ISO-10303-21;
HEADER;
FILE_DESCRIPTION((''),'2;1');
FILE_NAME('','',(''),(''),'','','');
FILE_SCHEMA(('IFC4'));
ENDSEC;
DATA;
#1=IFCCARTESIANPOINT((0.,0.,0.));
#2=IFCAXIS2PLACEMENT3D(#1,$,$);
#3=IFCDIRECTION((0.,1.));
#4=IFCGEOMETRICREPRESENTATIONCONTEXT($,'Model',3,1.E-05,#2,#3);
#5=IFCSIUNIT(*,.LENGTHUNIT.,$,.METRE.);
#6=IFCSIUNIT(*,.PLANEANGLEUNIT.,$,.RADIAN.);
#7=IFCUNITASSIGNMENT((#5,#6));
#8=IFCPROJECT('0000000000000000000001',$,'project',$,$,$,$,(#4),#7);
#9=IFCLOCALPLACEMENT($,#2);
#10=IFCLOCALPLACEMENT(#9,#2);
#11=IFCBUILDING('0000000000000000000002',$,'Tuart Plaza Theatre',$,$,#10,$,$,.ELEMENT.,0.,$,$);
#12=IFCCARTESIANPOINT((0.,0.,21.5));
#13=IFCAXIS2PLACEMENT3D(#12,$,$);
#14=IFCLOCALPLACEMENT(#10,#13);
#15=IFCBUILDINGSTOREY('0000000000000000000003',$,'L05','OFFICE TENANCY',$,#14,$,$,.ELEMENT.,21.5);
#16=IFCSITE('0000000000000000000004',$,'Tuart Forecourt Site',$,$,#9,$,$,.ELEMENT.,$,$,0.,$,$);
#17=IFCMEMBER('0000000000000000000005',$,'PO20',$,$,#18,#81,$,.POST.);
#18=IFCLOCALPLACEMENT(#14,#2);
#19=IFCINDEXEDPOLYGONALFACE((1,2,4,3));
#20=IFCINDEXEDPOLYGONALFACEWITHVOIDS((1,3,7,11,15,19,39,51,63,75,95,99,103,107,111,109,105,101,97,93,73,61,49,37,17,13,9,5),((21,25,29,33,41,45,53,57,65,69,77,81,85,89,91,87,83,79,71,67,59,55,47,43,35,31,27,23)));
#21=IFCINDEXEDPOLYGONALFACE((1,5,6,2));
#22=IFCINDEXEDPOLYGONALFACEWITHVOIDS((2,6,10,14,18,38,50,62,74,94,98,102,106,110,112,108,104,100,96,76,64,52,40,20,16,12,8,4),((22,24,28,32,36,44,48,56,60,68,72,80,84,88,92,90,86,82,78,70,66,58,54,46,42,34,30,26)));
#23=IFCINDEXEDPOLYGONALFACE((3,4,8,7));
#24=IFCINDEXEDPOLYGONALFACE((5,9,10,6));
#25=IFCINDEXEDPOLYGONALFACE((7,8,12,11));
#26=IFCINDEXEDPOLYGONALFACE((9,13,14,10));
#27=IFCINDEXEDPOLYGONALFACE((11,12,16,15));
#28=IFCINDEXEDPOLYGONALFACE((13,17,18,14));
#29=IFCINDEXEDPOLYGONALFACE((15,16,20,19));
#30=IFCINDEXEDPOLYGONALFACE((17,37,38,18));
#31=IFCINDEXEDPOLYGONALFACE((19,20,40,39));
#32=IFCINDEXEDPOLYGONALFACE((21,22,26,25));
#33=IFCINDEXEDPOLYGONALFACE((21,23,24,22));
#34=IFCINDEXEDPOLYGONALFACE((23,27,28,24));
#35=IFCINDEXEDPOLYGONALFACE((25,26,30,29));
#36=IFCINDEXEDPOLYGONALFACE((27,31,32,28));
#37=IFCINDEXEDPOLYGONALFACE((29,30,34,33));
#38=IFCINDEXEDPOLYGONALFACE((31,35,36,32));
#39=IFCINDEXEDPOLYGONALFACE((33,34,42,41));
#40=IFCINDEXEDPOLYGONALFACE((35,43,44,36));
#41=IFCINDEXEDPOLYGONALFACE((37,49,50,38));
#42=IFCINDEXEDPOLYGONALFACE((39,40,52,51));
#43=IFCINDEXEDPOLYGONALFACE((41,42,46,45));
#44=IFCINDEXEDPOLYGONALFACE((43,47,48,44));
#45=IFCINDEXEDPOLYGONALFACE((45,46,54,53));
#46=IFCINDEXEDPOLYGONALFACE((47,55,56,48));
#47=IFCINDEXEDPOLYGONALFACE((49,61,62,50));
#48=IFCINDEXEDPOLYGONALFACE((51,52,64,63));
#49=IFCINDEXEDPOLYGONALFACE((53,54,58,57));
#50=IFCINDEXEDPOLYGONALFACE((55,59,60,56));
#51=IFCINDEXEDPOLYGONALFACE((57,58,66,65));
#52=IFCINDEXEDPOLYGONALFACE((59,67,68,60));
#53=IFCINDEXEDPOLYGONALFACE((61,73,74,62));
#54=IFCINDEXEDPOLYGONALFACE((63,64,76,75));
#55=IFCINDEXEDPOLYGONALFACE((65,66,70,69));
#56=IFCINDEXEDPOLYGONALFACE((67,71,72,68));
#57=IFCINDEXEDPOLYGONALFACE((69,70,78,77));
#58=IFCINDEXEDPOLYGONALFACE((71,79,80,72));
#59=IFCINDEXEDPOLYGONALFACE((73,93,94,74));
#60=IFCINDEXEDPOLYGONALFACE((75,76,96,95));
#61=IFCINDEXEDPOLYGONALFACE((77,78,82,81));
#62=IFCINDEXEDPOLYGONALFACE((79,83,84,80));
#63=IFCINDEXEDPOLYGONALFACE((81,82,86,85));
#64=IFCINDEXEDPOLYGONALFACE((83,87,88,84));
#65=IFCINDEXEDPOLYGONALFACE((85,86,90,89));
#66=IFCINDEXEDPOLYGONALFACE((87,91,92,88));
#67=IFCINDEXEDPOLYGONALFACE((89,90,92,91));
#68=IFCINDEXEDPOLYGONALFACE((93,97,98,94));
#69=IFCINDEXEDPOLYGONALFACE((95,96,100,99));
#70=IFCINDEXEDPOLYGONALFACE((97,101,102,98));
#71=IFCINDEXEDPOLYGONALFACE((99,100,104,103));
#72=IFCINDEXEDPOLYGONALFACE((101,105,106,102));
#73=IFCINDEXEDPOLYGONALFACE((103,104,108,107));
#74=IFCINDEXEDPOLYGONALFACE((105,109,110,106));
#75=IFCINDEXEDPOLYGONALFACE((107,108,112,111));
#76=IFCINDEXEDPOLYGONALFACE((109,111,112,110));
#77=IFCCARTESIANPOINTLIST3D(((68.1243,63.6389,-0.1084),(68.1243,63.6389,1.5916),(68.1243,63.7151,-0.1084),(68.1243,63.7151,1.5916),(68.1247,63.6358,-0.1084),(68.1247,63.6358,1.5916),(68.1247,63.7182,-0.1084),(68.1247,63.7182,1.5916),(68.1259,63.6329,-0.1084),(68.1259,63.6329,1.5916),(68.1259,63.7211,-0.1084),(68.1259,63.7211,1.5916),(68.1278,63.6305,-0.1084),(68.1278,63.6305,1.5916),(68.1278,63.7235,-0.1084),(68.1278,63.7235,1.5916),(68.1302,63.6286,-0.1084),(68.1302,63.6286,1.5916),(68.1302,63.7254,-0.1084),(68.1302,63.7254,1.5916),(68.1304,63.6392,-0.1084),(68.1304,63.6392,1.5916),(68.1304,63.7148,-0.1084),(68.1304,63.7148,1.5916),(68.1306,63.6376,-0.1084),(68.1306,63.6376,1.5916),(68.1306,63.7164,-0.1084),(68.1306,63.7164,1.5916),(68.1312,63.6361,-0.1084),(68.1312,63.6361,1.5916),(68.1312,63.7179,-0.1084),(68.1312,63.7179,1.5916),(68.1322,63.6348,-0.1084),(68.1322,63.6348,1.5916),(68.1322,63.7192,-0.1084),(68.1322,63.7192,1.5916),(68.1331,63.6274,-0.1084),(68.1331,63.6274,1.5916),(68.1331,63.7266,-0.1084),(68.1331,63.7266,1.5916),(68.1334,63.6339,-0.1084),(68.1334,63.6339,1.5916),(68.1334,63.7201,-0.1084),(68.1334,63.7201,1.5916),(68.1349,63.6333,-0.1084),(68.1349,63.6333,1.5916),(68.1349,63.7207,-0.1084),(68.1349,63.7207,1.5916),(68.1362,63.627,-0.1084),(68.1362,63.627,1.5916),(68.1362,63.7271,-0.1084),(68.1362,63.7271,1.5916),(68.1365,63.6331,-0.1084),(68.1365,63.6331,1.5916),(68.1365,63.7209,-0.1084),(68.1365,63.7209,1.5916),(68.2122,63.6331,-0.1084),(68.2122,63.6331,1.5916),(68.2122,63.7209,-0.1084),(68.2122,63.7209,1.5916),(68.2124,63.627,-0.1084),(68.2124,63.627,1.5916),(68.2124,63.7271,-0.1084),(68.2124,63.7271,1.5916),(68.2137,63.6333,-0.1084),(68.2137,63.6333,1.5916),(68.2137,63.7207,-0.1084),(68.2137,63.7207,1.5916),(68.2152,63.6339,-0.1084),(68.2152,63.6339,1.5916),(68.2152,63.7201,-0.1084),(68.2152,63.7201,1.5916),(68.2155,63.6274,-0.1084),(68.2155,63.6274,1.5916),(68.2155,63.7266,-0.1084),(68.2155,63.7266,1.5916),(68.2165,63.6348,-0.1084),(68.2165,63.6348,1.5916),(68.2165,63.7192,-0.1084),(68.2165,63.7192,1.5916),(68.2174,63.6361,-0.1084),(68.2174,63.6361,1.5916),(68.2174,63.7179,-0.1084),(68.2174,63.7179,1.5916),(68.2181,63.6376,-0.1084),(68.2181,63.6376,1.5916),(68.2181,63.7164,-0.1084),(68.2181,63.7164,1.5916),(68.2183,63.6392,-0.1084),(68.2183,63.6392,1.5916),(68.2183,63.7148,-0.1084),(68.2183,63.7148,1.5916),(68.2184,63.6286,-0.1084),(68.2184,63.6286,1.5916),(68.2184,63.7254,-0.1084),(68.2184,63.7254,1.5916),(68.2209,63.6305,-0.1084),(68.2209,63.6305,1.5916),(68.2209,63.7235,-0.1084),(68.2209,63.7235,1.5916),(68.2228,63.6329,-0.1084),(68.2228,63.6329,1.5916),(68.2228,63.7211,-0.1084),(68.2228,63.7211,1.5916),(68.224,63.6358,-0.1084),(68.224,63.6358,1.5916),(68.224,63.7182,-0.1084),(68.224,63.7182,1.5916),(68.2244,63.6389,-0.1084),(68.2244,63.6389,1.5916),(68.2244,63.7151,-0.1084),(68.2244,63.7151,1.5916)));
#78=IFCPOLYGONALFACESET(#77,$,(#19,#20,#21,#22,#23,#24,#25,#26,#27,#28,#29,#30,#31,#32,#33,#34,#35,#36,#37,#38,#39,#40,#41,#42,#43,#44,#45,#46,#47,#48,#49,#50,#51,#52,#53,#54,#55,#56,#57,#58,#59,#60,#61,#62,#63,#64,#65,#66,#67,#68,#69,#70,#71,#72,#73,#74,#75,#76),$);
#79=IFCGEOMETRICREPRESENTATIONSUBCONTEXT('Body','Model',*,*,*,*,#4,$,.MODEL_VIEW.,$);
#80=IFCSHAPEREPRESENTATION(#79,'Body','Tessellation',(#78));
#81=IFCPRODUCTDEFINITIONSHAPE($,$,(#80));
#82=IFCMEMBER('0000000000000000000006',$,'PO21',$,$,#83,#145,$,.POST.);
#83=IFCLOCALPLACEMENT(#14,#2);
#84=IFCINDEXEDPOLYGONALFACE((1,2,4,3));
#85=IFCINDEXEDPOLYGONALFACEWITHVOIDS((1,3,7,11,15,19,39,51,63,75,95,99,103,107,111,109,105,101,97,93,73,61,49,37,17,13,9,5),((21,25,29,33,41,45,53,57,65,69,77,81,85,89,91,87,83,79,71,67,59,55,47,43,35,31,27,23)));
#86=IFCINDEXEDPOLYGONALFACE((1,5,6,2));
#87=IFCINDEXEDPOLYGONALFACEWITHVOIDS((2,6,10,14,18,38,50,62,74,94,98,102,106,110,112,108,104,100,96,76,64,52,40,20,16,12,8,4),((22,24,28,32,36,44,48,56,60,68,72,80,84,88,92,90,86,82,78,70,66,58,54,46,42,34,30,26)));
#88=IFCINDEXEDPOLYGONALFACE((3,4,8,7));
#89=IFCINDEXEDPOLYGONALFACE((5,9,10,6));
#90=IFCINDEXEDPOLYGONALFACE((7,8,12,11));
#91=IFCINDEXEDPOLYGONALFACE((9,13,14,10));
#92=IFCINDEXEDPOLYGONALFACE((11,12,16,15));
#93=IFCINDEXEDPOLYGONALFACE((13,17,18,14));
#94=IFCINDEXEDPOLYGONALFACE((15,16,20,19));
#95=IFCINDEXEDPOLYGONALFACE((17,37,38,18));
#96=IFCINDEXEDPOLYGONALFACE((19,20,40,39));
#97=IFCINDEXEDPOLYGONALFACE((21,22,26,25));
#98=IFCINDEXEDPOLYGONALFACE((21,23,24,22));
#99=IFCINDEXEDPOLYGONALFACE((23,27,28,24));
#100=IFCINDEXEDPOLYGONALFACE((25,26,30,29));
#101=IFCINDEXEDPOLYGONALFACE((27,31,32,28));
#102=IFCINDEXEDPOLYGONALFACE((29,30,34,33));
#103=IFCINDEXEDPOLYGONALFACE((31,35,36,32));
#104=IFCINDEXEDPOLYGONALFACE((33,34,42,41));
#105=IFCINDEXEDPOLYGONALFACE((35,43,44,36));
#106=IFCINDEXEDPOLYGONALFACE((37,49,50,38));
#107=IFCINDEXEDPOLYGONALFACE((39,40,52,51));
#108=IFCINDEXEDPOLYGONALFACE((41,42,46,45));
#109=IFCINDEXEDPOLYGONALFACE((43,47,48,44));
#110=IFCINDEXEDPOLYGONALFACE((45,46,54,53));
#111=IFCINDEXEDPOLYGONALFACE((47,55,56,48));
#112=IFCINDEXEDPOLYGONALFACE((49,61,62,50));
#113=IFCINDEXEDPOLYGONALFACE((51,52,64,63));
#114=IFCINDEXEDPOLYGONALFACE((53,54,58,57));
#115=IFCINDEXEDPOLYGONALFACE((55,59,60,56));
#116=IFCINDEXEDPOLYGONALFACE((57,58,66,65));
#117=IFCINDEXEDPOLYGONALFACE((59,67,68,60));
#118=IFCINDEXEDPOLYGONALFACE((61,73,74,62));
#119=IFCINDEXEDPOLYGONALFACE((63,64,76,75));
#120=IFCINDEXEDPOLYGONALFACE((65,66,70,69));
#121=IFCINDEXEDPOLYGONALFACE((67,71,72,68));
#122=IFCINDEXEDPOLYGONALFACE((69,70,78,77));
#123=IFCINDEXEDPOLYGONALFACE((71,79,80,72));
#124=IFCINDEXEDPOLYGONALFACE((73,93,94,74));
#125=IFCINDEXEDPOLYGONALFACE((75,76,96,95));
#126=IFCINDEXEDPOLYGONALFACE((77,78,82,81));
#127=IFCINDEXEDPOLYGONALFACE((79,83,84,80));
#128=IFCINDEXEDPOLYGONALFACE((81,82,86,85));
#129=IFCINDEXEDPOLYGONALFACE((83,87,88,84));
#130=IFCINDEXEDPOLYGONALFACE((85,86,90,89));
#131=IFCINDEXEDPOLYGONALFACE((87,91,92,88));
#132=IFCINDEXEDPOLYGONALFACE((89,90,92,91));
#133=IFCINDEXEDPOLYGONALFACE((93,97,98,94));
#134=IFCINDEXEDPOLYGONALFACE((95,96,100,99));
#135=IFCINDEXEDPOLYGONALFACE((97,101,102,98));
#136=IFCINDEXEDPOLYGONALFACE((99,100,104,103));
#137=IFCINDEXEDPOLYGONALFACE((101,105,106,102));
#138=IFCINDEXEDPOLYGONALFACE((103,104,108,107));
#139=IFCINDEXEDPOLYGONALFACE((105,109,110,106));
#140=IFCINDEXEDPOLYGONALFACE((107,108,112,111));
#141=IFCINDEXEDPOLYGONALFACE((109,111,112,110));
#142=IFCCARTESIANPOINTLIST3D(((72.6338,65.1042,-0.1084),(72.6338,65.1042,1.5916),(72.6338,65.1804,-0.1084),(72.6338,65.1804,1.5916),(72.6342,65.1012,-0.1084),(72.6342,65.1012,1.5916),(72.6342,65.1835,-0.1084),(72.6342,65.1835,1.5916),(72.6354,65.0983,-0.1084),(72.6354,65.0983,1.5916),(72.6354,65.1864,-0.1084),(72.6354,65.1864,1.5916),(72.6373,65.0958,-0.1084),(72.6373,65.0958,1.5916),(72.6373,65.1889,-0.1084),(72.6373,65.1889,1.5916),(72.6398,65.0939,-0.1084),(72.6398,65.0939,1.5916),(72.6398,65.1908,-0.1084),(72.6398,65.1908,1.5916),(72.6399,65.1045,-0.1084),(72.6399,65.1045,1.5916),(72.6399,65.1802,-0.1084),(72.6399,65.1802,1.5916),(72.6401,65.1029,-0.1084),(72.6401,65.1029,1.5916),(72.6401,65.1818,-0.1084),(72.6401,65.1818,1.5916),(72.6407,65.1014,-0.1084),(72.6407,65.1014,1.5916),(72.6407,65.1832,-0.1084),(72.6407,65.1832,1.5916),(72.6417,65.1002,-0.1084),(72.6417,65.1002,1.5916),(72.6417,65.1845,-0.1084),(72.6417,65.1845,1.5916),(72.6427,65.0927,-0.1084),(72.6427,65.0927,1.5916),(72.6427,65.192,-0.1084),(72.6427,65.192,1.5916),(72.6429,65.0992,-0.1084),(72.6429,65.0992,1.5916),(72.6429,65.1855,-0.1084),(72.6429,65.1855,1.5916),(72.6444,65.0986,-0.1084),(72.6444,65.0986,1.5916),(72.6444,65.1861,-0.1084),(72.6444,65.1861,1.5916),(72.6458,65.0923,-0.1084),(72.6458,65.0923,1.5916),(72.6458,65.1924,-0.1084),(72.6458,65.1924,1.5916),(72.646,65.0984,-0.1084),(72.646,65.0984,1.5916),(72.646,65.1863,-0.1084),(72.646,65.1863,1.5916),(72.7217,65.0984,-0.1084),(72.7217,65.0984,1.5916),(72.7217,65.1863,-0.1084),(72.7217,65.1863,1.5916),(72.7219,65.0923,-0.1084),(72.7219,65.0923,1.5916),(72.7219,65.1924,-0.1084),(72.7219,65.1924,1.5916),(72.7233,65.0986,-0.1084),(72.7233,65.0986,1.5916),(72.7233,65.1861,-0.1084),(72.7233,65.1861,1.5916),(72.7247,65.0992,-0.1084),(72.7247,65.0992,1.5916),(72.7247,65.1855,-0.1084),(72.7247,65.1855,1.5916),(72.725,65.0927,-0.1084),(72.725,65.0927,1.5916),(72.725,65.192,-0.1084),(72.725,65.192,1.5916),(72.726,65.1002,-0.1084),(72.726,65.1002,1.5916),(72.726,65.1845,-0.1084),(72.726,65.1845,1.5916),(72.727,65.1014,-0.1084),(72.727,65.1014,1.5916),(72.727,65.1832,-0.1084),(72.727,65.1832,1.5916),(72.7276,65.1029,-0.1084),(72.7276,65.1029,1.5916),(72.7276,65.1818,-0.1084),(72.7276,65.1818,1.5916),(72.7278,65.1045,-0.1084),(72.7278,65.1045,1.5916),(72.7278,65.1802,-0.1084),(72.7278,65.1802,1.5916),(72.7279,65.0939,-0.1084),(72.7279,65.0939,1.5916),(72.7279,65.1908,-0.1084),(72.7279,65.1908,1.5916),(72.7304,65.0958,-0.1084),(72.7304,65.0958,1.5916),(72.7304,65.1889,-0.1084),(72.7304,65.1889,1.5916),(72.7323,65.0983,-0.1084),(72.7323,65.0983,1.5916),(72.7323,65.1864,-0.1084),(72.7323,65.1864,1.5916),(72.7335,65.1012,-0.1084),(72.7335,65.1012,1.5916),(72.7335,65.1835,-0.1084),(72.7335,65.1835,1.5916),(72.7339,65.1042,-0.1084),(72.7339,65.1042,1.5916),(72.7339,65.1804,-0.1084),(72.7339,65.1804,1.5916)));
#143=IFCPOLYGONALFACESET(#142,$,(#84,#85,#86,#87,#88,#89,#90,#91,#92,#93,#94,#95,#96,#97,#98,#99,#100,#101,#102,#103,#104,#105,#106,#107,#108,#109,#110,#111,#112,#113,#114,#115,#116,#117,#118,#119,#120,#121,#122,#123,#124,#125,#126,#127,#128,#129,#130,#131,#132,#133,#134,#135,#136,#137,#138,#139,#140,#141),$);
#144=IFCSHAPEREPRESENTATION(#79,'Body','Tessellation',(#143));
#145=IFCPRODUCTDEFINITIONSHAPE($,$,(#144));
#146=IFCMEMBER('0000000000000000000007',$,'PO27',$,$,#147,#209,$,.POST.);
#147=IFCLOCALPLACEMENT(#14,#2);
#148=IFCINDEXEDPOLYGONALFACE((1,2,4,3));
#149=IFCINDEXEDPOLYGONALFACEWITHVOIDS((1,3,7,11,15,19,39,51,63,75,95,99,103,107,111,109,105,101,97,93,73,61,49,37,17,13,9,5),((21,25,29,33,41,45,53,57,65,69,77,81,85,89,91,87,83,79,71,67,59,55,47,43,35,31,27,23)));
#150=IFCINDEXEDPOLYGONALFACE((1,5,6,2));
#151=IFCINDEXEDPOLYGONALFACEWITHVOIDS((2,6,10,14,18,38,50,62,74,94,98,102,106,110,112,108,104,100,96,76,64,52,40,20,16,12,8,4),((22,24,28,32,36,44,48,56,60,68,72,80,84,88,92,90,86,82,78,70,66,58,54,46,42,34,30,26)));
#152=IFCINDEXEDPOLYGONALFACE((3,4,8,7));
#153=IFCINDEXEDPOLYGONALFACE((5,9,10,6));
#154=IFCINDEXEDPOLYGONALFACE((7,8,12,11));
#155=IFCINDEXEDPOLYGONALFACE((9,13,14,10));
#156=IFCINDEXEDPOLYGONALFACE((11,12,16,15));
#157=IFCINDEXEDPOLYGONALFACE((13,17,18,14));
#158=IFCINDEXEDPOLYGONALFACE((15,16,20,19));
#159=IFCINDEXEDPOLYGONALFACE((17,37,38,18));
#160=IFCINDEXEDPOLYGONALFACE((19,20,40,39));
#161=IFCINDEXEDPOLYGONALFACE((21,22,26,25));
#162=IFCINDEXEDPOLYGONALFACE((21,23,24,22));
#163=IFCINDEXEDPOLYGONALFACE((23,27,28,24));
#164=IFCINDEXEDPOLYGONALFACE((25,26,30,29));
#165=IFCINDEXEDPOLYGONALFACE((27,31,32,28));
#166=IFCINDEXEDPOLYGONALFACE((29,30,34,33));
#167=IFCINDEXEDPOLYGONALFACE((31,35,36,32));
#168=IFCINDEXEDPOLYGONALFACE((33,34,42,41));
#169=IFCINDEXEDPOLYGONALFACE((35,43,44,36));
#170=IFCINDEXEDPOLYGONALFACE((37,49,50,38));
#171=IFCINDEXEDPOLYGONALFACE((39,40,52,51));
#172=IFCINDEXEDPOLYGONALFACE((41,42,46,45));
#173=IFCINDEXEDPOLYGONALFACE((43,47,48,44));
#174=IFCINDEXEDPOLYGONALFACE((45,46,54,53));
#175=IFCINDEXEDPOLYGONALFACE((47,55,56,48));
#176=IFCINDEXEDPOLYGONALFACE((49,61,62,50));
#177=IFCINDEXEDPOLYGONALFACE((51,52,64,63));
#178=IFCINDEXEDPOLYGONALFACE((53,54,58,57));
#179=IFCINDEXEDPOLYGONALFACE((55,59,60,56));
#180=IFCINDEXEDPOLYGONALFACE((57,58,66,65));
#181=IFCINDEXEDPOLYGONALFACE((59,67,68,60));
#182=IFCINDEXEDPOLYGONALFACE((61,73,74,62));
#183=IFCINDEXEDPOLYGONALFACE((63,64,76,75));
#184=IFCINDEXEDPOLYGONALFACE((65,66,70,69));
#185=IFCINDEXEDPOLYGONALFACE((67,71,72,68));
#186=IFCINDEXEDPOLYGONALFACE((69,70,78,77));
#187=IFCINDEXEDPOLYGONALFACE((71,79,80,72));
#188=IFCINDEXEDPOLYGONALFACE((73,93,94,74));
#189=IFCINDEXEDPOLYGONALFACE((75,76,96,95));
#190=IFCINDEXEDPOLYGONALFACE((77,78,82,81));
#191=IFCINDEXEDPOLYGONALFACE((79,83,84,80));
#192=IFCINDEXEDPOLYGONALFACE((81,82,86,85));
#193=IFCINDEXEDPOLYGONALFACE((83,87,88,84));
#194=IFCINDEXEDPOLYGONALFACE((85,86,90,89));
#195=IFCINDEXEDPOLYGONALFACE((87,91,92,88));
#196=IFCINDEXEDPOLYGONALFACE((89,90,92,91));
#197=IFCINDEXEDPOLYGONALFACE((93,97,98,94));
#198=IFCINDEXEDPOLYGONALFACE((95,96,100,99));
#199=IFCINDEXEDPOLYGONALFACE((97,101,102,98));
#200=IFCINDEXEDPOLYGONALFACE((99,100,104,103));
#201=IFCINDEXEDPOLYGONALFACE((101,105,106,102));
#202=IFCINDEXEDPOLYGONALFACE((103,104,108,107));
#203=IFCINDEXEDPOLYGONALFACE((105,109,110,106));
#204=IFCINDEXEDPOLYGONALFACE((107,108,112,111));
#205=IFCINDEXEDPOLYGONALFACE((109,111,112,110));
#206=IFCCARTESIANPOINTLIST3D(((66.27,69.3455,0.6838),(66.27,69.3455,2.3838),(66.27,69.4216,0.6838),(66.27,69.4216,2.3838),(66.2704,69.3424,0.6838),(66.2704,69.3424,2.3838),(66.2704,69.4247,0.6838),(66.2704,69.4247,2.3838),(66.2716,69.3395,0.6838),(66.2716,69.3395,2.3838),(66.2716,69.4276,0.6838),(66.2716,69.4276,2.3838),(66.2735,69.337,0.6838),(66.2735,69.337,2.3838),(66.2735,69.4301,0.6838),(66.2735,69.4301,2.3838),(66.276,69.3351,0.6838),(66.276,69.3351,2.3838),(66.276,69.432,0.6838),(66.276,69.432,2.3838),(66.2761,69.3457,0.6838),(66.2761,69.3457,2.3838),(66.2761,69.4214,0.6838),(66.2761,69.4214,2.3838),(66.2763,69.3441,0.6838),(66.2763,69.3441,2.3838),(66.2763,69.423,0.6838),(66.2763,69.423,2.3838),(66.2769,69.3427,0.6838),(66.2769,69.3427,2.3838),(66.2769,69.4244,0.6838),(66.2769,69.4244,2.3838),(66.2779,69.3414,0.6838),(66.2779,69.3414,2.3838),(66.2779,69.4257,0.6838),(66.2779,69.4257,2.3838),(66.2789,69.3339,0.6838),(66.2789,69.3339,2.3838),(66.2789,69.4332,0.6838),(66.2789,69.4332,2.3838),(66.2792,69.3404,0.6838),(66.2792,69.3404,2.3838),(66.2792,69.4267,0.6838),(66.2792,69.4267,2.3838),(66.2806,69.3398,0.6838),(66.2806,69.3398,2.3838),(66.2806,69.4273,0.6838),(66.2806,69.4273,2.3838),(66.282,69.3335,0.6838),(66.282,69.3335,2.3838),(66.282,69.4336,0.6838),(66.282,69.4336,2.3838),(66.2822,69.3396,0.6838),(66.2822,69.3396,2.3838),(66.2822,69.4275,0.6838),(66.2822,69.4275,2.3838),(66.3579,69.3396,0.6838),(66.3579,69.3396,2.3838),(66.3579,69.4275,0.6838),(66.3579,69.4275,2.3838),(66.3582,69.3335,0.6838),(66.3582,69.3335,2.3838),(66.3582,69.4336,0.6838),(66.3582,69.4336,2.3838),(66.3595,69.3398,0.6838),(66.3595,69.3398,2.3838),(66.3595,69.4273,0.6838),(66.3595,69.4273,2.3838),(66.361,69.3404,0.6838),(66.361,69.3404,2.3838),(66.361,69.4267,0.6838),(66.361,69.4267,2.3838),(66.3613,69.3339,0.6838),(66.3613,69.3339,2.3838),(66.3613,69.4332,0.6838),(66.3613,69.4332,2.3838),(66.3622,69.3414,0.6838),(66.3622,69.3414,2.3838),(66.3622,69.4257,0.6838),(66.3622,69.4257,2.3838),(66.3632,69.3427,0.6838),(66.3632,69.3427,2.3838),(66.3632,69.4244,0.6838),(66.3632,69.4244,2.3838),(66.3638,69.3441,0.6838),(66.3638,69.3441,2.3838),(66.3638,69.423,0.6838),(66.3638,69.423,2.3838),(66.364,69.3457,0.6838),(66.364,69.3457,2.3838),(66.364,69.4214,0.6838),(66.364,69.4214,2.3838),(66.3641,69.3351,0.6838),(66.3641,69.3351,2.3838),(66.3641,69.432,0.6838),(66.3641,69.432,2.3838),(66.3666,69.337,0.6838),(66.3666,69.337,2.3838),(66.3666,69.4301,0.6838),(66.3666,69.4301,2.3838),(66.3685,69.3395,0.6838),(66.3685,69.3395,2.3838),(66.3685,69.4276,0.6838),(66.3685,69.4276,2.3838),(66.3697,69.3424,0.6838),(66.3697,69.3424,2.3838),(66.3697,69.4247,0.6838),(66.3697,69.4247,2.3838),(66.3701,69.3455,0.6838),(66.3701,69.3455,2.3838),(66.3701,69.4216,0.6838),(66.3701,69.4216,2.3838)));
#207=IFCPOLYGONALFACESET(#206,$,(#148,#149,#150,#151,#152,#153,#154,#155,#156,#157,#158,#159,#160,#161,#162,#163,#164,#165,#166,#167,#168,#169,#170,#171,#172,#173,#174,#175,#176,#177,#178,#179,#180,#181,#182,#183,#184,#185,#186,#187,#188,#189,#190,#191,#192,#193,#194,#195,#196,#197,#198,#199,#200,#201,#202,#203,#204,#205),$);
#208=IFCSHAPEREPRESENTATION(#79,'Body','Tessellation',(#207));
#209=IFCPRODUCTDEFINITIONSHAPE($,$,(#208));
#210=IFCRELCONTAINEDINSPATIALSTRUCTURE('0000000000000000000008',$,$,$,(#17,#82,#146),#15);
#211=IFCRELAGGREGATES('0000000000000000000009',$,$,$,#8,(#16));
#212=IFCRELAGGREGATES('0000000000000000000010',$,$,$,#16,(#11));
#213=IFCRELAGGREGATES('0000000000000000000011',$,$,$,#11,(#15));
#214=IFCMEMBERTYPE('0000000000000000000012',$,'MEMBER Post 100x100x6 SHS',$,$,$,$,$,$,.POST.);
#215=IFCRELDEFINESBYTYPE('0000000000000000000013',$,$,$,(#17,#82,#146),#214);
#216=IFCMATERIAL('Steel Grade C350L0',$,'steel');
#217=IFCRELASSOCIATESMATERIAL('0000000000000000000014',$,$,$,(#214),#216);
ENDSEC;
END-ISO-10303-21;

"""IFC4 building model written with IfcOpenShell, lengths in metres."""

from ifc_helpers import new_model, si_unit, direction, frame, origin, origin_2d, place, context, subcontext, project, spatial, hollow_rectangle, extrude, material, material_profile, profile_set, type_object, element, save


model = new_model("IFC4")

# Units and contexts
model_context = context("Model", 3, precision=1e-05, world=origin(), true_north=direction((0.0, 1.0)))
body_context = subcontext(model_context, "Body", "Model", "MODEL_VIEW")
ifc_project = project(units=[si_unit("LENGTHUNIT", "METRE"), si_unit("PLANEANGLEUNIT", "RADIAN")], contexts=[model_context])

# Site, building, storey
site_placement = place(None, origin())
site = spatial("IfcSite", under=ifc_project, at=site_placement, Name="Tuart Forecourt Site", CompositionType="ELEMENT", RefElevation=0.0)
building_placement = place(site_placement, origin())
building = spatial("IfcBuilding", under=site, at=building_placement, Name="Tuart Plaza Theatre", CompositionType="ELEMENT", ElevationOfRefHeight=0.0)
storey_placement = place(building_placement, frame((0.0, 0.0, 21.5)))
storey = spatial("IfcBuildingStorey", under=building, at=storey_placement, Name="L05", Description="OFFICE TENANCY", CompositionType="ELEMENT", Elevation=21.5)

# Members
ifc_material_1 = material(Name="Steel Grade C350L0", Category="steel")
ifc_material_profile_1 = material_profile(ifc_material_1, hollow_rectangle(XDim=0.1001, YDim=0.1001, WallThickness=0.0061, InnerFilletRadius=0.0061, OuterFilletRadius=0.012, at=origin_2d()), Name="100x100x6 SHS")
ifc_profile_set_1 = profile_set([ifc_material_profile_1], Name="Steel Grade C350L0")
member_type_1 = type_object("IfcMemberType", Name="MEMBER Post 100x100x6 SHS", PredefinedType="POST", material=ifc_profile_set_1)
for number, where, z_axis, x_axis, name in (
    (1, (68.1743, 63.677, -0.1084), (0.0, 0.0, 1.0), (1.0, 0.0, 0.0), "PO20"),
    (2, (72.6838, 65.1423, -0.1084), (0.0, 0.0, 1.0), (1.0, 0.0, 0.0), "PO21"),
    (3, (66.3201, 69.3835, 0.6838), (0.0, 0.0, 1.0), (1.0, 0.0, 0.0), "PO27"),
):
    element("IfcMember", number, at=place(storey_placement, frame(where, z_axis=z_axis, x_axis=x_axis)), inside=storey, type_object=member_type_1, Name=name, PredefinedType="POST", context=body_context, shape_type="SweptSolid", body=[
        extrude(hollow_rectangle(XDim=0.1001, YDim=0.1001, WallThickness=0.0061, InnerFilletRadius=0.0061, OuterFilletRadius=0.012, at=origin_2d()), origin(), (0.0, 0.0, 1.0), 1.7),
    ])

save(model, "model.ifc")
